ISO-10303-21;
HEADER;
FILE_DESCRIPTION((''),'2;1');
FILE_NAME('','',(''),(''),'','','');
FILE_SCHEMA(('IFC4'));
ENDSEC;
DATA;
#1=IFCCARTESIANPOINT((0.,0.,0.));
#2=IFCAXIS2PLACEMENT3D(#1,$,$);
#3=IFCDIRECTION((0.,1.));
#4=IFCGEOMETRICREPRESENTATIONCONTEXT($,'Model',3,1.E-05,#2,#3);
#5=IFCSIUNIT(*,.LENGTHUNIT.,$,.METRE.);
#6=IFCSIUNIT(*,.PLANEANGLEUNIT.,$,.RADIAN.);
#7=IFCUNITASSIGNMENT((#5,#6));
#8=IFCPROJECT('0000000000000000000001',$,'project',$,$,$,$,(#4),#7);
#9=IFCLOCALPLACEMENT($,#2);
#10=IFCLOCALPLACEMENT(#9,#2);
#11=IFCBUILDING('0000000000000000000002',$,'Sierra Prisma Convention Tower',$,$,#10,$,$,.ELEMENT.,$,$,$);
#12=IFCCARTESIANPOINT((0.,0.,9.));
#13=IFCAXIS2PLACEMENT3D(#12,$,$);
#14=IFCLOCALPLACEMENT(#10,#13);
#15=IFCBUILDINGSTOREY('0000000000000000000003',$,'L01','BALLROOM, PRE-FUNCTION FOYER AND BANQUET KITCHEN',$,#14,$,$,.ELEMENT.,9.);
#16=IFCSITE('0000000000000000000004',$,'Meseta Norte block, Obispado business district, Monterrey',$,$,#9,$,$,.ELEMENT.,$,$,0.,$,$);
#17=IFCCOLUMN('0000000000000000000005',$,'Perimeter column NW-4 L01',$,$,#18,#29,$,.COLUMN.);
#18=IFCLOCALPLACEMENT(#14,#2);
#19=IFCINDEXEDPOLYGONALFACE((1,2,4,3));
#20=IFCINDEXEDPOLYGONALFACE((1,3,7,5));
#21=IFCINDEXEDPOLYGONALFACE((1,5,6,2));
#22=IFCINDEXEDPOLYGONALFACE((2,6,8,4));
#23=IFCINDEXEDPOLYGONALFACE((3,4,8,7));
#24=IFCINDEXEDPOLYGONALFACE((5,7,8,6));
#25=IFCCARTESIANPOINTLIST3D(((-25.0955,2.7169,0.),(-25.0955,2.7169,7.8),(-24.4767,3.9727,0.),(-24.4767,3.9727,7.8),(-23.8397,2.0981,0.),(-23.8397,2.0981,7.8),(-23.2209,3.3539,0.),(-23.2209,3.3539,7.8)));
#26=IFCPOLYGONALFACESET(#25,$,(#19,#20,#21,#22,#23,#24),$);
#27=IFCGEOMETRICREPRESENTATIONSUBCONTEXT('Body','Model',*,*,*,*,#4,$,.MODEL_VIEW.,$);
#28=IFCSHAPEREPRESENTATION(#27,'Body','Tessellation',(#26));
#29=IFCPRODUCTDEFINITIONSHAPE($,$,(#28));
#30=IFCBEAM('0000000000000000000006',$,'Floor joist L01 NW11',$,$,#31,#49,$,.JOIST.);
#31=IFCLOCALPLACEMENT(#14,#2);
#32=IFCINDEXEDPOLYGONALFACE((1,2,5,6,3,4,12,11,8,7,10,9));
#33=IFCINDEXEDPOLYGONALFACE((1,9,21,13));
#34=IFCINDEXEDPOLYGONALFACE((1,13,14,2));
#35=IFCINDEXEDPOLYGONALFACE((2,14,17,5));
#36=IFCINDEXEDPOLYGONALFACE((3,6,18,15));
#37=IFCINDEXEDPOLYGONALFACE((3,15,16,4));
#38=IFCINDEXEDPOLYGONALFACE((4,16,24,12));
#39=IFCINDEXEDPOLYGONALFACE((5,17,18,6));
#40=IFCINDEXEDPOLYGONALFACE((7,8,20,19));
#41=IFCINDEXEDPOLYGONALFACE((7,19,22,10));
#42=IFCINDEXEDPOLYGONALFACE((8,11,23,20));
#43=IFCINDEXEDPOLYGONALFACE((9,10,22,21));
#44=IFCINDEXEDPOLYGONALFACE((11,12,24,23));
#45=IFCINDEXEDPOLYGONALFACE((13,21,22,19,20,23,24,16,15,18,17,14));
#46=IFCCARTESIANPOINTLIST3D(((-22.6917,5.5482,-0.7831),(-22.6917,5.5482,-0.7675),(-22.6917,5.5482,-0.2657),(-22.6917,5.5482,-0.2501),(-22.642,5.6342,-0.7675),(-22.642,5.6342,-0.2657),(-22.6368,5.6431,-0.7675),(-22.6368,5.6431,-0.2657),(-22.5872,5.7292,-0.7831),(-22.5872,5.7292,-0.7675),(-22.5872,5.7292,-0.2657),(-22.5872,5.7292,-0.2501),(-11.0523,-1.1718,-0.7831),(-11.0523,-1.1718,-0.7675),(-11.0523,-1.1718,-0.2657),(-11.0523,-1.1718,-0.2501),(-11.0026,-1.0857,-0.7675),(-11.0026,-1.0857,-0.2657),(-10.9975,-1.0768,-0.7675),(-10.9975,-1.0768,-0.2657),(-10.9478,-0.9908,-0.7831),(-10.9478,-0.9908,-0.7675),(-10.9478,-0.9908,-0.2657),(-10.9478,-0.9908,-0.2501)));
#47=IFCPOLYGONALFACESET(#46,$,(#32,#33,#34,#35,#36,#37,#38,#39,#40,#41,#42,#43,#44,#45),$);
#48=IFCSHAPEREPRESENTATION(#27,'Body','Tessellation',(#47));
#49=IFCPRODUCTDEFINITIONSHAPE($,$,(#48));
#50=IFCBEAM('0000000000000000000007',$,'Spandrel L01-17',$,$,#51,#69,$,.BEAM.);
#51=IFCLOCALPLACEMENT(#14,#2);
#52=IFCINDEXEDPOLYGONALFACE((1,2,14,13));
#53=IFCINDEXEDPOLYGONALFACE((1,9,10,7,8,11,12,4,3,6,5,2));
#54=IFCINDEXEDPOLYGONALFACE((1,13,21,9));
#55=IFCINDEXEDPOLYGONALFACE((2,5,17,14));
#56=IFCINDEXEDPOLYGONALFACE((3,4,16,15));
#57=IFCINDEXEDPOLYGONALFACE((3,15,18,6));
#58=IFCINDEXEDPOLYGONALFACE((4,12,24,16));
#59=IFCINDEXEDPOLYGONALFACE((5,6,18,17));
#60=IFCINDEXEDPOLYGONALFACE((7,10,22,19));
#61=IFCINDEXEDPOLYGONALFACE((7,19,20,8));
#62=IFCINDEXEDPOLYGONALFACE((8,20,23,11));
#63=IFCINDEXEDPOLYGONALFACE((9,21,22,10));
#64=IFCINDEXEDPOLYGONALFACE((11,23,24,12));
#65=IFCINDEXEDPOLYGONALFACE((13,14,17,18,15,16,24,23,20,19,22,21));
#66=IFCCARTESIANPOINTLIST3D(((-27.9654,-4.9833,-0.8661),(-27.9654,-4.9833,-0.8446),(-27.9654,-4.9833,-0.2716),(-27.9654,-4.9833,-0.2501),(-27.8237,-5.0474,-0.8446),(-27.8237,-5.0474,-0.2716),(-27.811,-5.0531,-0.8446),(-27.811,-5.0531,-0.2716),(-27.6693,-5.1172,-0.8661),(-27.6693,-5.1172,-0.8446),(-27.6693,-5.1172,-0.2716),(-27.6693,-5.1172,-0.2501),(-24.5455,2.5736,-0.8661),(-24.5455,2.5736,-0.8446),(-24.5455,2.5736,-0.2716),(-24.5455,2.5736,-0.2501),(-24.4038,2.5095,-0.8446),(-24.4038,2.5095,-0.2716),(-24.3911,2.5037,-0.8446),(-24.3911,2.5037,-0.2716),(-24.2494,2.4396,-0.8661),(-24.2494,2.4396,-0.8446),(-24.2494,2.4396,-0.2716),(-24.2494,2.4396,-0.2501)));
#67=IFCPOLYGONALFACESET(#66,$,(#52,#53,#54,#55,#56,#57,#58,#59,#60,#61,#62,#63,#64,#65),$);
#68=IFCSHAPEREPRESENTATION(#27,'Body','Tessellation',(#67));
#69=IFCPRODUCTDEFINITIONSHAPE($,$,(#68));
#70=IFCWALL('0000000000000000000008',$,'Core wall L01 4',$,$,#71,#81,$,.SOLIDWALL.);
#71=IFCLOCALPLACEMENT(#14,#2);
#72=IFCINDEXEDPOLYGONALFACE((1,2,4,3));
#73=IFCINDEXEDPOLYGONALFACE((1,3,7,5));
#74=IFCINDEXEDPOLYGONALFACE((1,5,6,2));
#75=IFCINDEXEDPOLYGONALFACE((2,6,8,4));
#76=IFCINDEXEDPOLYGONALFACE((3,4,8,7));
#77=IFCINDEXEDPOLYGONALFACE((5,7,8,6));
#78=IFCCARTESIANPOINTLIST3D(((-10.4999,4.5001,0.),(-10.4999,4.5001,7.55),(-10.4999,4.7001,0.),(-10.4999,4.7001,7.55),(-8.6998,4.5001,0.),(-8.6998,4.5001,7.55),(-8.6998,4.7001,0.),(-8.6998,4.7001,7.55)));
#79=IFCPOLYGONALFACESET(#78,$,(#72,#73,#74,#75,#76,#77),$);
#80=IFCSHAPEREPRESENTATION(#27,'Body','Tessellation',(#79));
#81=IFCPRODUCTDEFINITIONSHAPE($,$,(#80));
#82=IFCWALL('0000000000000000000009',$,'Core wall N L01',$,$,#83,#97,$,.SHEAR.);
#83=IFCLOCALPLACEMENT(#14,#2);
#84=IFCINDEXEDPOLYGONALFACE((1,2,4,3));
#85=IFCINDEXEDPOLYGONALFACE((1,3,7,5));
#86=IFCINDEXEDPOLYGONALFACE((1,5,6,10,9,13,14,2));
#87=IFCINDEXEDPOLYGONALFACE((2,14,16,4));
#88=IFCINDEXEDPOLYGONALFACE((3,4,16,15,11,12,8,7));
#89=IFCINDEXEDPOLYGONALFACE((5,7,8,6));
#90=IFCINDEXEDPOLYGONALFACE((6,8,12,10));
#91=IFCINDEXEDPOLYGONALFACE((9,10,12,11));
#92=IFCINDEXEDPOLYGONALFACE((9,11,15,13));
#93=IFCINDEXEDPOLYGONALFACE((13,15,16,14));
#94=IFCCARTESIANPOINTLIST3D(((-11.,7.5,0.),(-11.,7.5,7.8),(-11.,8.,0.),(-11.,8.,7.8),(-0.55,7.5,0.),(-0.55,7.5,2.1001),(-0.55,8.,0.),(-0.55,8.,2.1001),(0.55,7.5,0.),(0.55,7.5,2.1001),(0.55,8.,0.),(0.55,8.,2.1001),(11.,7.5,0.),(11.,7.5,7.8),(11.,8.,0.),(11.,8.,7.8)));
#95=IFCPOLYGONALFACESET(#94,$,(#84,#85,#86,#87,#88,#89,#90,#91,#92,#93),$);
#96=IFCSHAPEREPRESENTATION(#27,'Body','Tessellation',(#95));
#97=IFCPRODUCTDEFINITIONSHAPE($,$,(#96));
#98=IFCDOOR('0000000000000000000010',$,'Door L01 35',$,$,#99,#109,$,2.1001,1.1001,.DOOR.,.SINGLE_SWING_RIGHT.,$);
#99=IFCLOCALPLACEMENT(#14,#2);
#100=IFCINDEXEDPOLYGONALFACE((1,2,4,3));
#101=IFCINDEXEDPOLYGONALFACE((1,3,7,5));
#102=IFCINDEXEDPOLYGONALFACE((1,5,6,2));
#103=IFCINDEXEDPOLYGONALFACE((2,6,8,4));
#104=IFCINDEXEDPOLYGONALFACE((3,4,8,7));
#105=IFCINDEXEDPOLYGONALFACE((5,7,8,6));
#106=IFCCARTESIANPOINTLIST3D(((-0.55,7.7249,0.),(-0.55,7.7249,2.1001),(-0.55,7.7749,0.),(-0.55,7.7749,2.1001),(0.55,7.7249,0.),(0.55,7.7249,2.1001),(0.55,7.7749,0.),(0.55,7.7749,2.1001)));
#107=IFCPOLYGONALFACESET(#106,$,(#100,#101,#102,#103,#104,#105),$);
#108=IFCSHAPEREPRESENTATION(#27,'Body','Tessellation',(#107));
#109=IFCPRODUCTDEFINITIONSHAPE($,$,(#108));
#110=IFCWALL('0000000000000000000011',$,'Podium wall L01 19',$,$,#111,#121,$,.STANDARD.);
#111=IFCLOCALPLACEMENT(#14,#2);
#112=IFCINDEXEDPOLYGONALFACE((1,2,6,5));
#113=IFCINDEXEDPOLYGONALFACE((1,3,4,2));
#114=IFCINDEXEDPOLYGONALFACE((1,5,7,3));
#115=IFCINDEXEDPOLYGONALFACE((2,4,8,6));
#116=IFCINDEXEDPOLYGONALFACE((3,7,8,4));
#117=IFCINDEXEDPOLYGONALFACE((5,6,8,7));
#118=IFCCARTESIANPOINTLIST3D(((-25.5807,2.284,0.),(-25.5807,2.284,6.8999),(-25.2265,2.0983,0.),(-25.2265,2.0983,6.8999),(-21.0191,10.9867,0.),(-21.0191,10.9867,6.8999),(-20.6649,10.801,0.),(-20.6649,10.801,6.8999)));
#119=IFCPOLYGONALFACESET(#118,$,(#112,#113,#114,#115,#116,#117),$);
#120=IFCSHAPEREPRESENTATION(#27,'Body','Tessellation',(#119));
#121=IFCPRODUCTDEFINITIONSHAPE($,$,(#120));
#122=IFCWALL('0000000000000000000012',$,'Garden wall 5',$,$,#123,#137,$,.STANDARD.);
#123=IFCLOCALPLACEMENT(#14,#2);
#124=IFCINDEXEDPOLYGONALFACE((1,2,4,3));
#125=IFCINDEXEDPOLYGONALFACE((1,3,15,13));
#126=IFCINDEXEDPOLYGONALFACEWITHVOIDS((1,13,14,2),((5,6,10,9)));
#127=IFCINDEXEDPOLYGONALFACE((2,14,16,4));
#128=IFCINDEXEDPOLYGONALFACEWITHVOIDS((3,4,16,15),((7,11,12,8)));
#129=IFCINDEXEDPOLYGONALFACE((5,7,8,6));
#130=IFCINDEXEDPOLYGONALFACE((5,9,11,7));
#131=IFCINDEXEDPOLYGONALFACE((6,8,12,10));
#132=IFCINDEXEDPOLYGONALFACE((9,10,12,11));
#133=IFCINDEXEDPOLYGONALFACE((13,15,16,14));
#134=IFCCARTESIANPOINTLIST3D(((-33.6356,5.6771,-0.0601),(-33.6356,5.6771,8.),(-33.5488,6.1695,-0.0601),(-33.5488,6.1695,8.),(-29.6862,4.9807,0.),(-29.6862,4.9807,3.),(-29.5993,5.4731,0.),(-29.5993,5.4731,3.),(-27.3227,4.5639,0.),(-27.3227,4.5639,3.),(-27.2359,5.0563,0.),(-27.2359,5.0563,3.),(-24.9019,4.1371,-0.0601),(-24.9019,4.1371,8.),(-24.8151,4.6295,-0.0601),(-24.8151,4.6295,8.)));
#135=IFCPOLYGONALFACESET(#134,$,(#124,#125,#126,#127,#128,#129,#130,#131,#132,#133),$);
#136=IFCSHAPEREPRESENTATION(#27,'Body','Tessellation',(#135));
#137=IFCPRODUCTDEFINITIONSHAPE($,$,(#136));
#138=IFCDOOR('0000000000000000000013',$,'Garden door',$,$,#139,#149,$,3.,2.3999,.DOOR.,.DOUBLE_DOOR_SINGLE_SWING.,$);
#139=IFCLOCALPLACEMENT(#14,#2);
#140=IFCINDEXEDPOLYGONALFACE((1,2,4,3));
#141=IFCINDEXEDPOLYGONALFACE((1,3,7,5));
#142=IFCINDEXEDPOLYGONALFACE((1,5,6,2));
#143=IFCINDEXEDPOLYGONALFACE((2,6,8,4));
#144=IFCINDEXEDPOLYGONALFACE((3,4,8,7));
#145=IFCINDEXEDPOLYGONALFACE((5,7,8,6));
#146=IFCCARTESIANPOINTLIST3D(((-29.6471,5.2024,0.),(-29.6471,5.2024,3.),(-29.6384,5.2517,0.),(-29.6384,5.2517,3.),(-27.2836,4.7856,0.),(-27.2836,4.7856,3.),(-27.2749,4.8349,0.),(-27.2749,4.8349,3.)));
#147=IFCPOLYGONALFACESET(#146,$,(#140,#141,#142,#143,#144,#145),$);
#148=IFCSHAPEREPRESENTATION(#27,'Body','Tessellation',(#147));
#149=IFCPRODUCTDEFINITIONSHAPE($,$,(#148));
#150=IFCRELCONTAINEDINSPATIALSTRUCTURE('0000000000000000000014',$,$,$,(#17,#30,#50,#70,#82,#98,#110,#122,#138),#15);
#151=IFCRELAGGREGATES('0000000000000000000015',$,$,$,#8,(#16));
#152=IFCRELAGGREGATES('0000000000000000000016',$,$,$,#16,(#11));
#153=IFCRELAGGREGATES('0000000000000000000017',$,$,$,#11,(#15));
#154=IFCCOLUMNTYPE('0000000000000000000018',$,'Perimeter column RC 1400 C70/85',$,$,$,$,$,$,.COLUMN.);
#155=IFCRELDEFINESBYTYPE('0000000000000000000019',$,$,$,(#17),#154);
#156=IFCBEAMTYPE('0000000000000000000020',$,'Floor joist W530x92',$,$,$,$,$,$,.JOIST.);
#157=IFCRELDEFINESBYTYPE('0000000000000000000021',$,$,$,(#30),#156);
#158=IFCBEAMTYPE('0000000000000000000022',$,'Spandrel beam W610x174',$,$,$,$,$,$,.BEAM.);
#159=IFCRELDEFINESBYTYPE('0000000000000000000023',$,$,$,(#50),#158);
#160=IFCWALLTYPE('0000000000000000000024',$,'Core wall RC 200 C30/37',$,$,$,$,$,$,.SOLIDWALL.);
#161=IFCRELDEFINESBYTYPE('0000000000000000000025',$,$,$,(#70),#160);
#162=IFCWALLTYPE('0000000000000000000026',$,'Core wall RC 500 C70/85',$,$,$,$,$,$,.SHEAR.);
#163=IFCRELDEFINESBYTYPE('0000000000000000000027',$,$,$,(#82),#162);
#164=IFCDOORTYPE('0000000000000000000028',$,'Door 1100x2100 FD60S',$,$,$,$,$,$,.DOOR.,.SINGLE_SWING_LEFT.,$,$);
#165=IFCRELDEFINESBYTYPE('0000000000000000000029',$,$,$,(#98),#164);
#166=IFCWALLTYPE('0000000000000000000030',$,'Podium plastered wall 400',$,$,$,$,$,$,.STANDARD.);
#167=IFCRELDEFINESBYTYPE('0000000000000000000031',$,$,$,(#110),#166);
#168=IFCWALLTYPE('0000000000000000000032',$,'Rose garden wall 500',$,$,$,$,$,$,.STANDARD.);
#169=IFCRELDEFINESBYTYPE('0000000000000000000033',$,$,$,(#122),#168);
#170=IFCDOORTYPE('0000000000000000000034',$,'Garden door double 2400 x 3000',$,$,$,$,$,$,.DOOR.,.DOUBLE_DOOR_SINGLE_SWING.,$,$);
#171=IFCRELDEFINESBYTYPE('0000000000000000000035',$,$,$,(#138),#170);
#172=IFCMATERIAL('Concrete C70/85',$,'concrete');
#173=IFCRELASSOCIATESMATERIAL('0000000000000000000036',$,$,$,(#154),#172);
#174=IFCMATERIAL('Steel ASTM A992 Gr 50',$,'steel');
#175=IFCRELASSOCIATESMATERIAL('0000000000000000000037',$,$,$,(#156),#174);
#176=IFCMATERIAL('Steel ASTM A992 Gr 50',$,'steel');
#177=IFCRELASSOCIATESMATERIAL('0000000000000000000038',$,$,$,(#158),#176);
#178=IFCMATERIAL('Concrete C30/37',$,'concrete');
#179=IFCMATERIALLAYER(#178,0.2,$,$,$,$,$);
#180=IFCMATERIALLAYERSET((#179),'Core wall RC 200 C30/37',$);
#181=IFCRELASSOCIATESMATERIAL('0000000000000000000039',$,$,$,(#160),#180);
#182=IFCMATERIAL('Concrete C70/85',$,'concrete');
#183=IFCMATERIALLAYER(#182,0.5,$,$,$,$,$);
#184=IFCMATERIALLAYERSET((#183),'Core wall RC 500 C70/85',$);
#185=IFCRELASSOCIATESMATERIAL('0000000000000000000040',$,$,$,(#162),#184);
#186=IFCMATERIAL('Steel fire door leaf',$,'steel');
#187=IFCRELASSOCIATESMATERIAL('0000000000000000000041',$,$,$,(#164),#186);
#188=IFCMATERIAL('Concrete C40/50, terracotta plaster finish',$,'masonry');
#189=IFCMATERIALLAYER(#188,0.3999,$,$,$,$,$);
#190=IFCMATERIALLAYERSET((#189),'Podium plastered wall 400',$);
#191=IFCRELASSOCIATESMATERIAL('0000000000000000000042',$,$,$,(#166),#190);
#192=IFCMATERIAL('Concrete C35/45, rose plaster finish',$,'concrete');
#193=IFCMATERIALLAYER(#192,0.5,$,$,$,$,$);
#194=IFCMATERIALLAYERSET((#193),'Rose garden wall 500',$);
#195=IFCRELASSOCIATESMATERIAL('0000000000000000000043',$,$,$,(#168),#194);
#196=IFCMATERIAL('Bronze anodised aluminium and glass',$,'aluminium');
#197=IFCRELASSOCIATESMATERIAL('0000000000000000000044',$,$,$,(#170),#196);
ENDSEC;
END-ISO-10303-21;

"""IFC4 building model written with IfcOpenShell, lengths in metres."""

from ifc_helpers import new_model, si_unit, direction, frame, frame_2d, origin, origin_2d, place, context, subcontext, project, spatial, rectangle, i_section, extrude, material, layer, layer_set, material_profile, profile_set, type_object, element, fill, save


model = new_model("IFC4")

# Units and contexts
model_context = context("Model", 3, precision=1e-05, world=origin(), true_north=direction((0.0, 1.0)))
body_context = subcontext(model_context, "Body", "Model", "MODEL_VIEW")
ifc_project = project(units=[si_unit("LENGTHUNIT", "METRE"), si_unit("PLANEANGLEUNIT", "RADIAN")], contexts=[model_context])

# Site, building, storey
site_placement = place(None, origin())
site = spatial("IfcSite", under=ifc_project, at=site_placement, Name="Meseta Norte block, Obispado business district, Monterrey", CompositionType="ELEMENT", RefElevation=0.0)
building_placement = place(site_placement, origin())
building = spatial("IfcBuilding", under=site, at=building_placement, Name="Sierra Prisma Convention Tower", CompositionType="ELEMENT")
storey_placement = place(building_placement, frame((0.0, 0.0, 9.0)))
storey = spatial("IfcBuildingStorey", under=building, at=storey_placement, Name="L01", Description="BALLROOM, PRE-FUNCTION FOYER AND BANQUET KITCHEN", CompositionType="ELEMENT", Elevation=9.0)

# Column
ifc_material_1 = material(Name="Concrete C70/85", Category="concrete")
ifc_material_profile_1 = material_profile(ifc_material_1, rectangle(XDim=1.3999, YDim=1.3999, at=origin_2d()), Name="Perimeter column RC 1400 C70/85")
ifc_profile_set_1 = profile_set([ifc_material_profile_1], Name="Concrete C70/85")
column_type = type_object("IfcColumnType", Name="Perimeter column RC 1400 C70/85", PredefinedType="COLUMN", material=ifc_profile_set_1)
column_placement = place(storey_placement, frame((-24.1582, 3.0354, 0.0), z_axis=(0.0, 0.0, 1.0), x_axis=(0.442023, 0.897004, 0.0)))
element("IfcColumn", 1, at=column_placement, inside=storey, type_object=column_type, Name="Perimeter column NW-4 L01", PredefinedType="COLUMN", context=body_context, shape_type="SweptSolid", body=[
    extrude(rectangle(XDim=1.3999, YDim=1.3999, at=origin_2d()), origin(), (0.0, 0.0, 1.0), 7.8),
])

# Beams
ifc_material_2 = material(Name="Steel ASTM A992 Gr 50", Category="steel")
ifc_material_profile_2 = material_profile(ifc_material_2, i_section(OverallWidth=0.209, OverallDepth=0.533, WebThickness=0.0103, FlangeThickness=0.0156, at=origin_2d()), Name="W530x92")
ifc_profile_set_2 = profile_set([ifc_material_profile_2], Name="Steel ASTM A992 Gr 50")
beam_type_1 = type_object("IfcBeamType", Name="Floor joist W530x92", PredefinedType="JOIST", material=ifc_profile_set_2)
beam_1_placement = place(storey_placement, frame((-22.6394, 5.6387, -0.5166), z_axis=(0.866027, -0.499998, 0.0), x_axis=(0.499998, 0.866027, 0.0)))
element("IfcBeam", 2, at=beam_1_placement, inside=storey, type_object=beam_type_1, Name="Floor joist L01 NW11", PredefinedType="JOIST", context=body_context, shape_type="SweptSolid", body=[
    extrude(i_section(OverallWidth=0.209, OverallDepth=0.533, WebThickness=0.0103, FlangeThickness=0.0156, at=origin_2d()), origin(), (0.0, 0.0, 1.0), 13.4399),
])
ifc_material_3 = material(Name="Steel ASTM A992 Gr 50", Category="steel")
ifc_material_profile_3 = material_profile(ifc_material_3, i_section(OverallWidth=0.325, OverallDepth=0.616, WebThickness=0.0139, FlangeThickness=0.0215, at=origin_2d()), Name="W610x174")
ifc_profile_set_3 = profile_set([ifc_material_profile_3], Name="Steel ASTM A992 Gr 50")
beam_type_2 = type_object("IfcBeamType", Name="Spandrel beam W610x174", PredefinedType="BEAM", material=ifc_profile_set_3)
beam_2_placement = place(storey_placement, frame((-24.3975, 2.5066, -0.5581), z_axis=(-0.412301, -0.911048, 0.0), x_axis=(0.911048, -0.412301, 0.0)))
element("IfcBeam", 3, at=beam_2_placement, inside=storey, type_object=beam_type_2, Name="Spandrel L01-17", PredefinedType="BEAM", context=body_context, shape_type="SweptSolid", body=[
    extrude(i_section(OverallWidth=0.325, OverallDepth=0.616, WebThickness=0.0139, FlangeThickness=0.0215, at=origin_2d()), origin(), (0.0, 0.0, 1.0), 8.2947),
])

# Wall
ifc_material_4 = material(Name="Concrete C30/37", Category="concrete")
ifc_layer_1 = layer(ifc_material_4, 0.2)
ifc_layer_set_1 = layer_set([ifc_layer_1], Name="Core wall RC 200 C30/37")
wall_type_1 = type_object("IfcWallType", Name="Core wall RC 200 C30/37", PredefinedType="SOLIDWALL", material=ifc_layer_set_1)
wall_1_placement = place(storey_placement, frame((-8.7, 4.6001, 0.0), z_axis=(0.0, 0.0, 1.0), x_axis=(-1.0, 0.0, 0.0)))
element("IfcWall", 4, at=wall_1_placement, inside=storey, type_object=wall_type_1, Name="Core wall L01 4", PredefinedType="SOLIDWALL", context=body_context, shape_type="SweptSolid", body=[
    extrude(rectangle(XDim=1.8, YDim=0.2, at=frame_2d((0.8999, 0.0))), origin(), (0.0, 0.0, 1.0), 7.55),
])

# Wall, opening, door
ifc_material_5 = material(Name="Concrete C70/85", Category="concrete")
ifc_layer_2 = layer(ifc_material_5, 0.5)
ifc_layer_set_2 = layer_set([ifc_layer_2], Name="Core wall RC 500 C70/85")
wall_type_2 = type_object("IfcWallType", Name="Core wall RC 500 C70/85", PredefinedType="SHEAR", material=ifc_layer_set_2)
wall_2_placement = place(storey_placement, frame((-11.0, 7.75, 0.0), z_axis=(0.0, 0.0, 1.0), x_axis=(1.0, 0.0, 0.0)))
wall_2 = element("IfcWall", 5, at=wall_2_placement, inside=storey, type_object=wall_type_2, Name="Core wall N L01", PredefinedType="SHEAR", context=body_context, shape_type="SweptSolid", body=[
    extrude(rectangle(XDim=22.0, YDim=0.5, at=frame_2d((11.0, 0.0))), origin(), (0.0, 0.0, 1.0), 7.8),
])
opening_1_placement = place(wall_2_placement, frame((10.45, 0.0, 0.0)))
opening_1 = element("IfcOpeningElement", 6, at=opening_1_placement, cuts=wall_2, PredefinedType="OPENING", context=body_context, shape_type="SweptSolid", body=[
    extrude(rectangle(XDim=1.1001, YDim=2.1001, at=frame_2d((0.55, 1.05))), frame((0.0, 0.25, 0.0), z_axis=(0.0, -1.0, 0.0), x_axis=(1.0, 0.0, 0.0)), (0.0, 0.0, 1.0), 0.5),
])
ifc_material_6 = material(Name="Steel fire door leaf", Category="steel")
door_type_1 = type_object("IfcDoorType", Name="Door 1100x2100 FD60S", OperationType="SINGLE_SWING_LEFT", PredefinedType="DOOR", material=ifc_material_6)
door_1_placement = place(opening_1_placement, origin())
door_1 = element("IfcDoor", 7, at=door_1_placement, inside=storey, type_object=door_type_1, Name="Door L01 35", OperationType="SINGLE_SWING_RIGHT", OverallHeight=2.1001, OverallWidth=1.1001, PredefinedType="DOOR", context=body_context, shape_type="SweptSolid", body=[
    extrude(rectangle(XDim=1.1001, YDim=2.1001, at=frame_2d((0.55, 1.05))), frame((0.0, 0.0249, 0.0), z_axis=(0.0, -1.0, 0.0), x_axis=(1.0, 0.0, 0.0)), (0.0, 0.0, 1.0), 0.05),
])
fill(opening_1, door_1)

# Wall
ifc_material_7 = material(Name="Concrete C40/50, terracotta plaster finish", Category="masonry")
ifc_layer_3 = layer(ifc_material_7, 0.3999)
ifc_layer_set_3 = layer_set([ifc_layer_3], Name="Podium plastered wall 400")
wall_type_3 = type_object("IfcWallType", Name="Podium plastered wall 400", PredefinedType="STANDARD", material=ifc_layer_set_3)
wall_3_placement = place(storey_placement, frame((-25.4036, 2.1912, 0.0), z_axis=(0.0, 0.0, 1.0), x_axis=(0.464247, 0.885706, 0.0)))
element("IfcWall", 8, at=wall_3_placement, inside=storey, type_object=wall_type_3, Name="Podium wall L01 19", PredefinedType="STANDARD", context=body_context, shape_type="SweptSolid", body=[
    extrude(rectangle(XDim=9.8257, YDim=0.3999, at=frame_2d((4.9128, 0.0))), origin(), (0.0, 0.0, 1.0), 6.8999),
])

# Wall, opening, door
ifc_material_8 = material(Name="Concrete C35/45, rose plaster finish", Category="concrete")
ifc_layer_4 = layer(ifc_material_8, 0.5)
ifc_layer_set_4 = layer_set([ifc_layer_4], Name="Rose garden wall 500")
wall_type_4 = type_object("IfcWallType", Name="Rose garden wall 500", PredefinedType="STANDARD", material=ifc_layer_set_4)
wall_4_placement = place(storey_placement, frame((-24.8586, 4.3833, -0.0601), z_axis=(0.0, 0.0, 1.0), x_axis=(-0.984807, 0.173655, 0.0)))
wall_4 = element("IfcWall", 9, at=wall_4_placement, inside=storey, type_object=wall_type_4, Name="Garden wall 5", PredefinedType="STANDARD", context=body_context, shape_type="SweptSolid", body=[
    extrude(rectangle(XDim=8.8684, YDim=0.5, at=frame_2d((4.4341, 0.0))), origin(), (0.0, 0.0, 1.0), 8.0601),
])
opening_2_placement = place(wall_4_placement, frame((2.458, 0.0, 0.0601)))
opening_2 = element("IfcOpeningElement", 10, at=opening_2_placement, cuts=wall_4, PredefinedType="OPENING", context=body_context, shape_type="SweptSolid", body=[
    extrude(rectangle(XDim=2.3999, YDim=3.0, at=frame_2d((1.2, 1.5))), frame((0.0, 0.25, 0.0), z_axis=(0.0, -1.0, 0.0), x_axis=(1.0, 0.0, 0.0)), (0.0, 0.0, 1.0), 0.5),
])
ifc_material_9 = material(Name="Bronze anodised aluminium and glass", Category="aluminium")
door_type_2 = type_object("IfcDoorType", Name="Garden door double 2400 x 3000", OperationType="DOUBLE_DOOR_SINGLE_SWING", PredefinedType="DOOR", material=ifc_material_9)
door_2_placement = place(opening_2_placement, origin())
door_2 = element("IfcDoor", 11, at=door_2_placement, inside=storey, type_object=door_type_2, Name="Garden door", OperationType="DOUBLE_DOOR_SINGLE_SWING", OverallHeight=3.0, OverallWidth=2.3999, PredefinedType="DOOR", context=body_context, shape_type="SweptSolid", body=[
    extrude(rectangle(XDim=2.3999, YDim=3.0, at=frame_2d((1.2, 1.5))), frame((0.0, 0.0249, 0.0), z_axis=(0.0, -1.0, 0.0), x_axis=(1.0, 0.0, 0.0)), (0.0, 0.0, 1.0), 0.05),
])
fill(opening_2, door_2)

save(model, "model.ifc")
